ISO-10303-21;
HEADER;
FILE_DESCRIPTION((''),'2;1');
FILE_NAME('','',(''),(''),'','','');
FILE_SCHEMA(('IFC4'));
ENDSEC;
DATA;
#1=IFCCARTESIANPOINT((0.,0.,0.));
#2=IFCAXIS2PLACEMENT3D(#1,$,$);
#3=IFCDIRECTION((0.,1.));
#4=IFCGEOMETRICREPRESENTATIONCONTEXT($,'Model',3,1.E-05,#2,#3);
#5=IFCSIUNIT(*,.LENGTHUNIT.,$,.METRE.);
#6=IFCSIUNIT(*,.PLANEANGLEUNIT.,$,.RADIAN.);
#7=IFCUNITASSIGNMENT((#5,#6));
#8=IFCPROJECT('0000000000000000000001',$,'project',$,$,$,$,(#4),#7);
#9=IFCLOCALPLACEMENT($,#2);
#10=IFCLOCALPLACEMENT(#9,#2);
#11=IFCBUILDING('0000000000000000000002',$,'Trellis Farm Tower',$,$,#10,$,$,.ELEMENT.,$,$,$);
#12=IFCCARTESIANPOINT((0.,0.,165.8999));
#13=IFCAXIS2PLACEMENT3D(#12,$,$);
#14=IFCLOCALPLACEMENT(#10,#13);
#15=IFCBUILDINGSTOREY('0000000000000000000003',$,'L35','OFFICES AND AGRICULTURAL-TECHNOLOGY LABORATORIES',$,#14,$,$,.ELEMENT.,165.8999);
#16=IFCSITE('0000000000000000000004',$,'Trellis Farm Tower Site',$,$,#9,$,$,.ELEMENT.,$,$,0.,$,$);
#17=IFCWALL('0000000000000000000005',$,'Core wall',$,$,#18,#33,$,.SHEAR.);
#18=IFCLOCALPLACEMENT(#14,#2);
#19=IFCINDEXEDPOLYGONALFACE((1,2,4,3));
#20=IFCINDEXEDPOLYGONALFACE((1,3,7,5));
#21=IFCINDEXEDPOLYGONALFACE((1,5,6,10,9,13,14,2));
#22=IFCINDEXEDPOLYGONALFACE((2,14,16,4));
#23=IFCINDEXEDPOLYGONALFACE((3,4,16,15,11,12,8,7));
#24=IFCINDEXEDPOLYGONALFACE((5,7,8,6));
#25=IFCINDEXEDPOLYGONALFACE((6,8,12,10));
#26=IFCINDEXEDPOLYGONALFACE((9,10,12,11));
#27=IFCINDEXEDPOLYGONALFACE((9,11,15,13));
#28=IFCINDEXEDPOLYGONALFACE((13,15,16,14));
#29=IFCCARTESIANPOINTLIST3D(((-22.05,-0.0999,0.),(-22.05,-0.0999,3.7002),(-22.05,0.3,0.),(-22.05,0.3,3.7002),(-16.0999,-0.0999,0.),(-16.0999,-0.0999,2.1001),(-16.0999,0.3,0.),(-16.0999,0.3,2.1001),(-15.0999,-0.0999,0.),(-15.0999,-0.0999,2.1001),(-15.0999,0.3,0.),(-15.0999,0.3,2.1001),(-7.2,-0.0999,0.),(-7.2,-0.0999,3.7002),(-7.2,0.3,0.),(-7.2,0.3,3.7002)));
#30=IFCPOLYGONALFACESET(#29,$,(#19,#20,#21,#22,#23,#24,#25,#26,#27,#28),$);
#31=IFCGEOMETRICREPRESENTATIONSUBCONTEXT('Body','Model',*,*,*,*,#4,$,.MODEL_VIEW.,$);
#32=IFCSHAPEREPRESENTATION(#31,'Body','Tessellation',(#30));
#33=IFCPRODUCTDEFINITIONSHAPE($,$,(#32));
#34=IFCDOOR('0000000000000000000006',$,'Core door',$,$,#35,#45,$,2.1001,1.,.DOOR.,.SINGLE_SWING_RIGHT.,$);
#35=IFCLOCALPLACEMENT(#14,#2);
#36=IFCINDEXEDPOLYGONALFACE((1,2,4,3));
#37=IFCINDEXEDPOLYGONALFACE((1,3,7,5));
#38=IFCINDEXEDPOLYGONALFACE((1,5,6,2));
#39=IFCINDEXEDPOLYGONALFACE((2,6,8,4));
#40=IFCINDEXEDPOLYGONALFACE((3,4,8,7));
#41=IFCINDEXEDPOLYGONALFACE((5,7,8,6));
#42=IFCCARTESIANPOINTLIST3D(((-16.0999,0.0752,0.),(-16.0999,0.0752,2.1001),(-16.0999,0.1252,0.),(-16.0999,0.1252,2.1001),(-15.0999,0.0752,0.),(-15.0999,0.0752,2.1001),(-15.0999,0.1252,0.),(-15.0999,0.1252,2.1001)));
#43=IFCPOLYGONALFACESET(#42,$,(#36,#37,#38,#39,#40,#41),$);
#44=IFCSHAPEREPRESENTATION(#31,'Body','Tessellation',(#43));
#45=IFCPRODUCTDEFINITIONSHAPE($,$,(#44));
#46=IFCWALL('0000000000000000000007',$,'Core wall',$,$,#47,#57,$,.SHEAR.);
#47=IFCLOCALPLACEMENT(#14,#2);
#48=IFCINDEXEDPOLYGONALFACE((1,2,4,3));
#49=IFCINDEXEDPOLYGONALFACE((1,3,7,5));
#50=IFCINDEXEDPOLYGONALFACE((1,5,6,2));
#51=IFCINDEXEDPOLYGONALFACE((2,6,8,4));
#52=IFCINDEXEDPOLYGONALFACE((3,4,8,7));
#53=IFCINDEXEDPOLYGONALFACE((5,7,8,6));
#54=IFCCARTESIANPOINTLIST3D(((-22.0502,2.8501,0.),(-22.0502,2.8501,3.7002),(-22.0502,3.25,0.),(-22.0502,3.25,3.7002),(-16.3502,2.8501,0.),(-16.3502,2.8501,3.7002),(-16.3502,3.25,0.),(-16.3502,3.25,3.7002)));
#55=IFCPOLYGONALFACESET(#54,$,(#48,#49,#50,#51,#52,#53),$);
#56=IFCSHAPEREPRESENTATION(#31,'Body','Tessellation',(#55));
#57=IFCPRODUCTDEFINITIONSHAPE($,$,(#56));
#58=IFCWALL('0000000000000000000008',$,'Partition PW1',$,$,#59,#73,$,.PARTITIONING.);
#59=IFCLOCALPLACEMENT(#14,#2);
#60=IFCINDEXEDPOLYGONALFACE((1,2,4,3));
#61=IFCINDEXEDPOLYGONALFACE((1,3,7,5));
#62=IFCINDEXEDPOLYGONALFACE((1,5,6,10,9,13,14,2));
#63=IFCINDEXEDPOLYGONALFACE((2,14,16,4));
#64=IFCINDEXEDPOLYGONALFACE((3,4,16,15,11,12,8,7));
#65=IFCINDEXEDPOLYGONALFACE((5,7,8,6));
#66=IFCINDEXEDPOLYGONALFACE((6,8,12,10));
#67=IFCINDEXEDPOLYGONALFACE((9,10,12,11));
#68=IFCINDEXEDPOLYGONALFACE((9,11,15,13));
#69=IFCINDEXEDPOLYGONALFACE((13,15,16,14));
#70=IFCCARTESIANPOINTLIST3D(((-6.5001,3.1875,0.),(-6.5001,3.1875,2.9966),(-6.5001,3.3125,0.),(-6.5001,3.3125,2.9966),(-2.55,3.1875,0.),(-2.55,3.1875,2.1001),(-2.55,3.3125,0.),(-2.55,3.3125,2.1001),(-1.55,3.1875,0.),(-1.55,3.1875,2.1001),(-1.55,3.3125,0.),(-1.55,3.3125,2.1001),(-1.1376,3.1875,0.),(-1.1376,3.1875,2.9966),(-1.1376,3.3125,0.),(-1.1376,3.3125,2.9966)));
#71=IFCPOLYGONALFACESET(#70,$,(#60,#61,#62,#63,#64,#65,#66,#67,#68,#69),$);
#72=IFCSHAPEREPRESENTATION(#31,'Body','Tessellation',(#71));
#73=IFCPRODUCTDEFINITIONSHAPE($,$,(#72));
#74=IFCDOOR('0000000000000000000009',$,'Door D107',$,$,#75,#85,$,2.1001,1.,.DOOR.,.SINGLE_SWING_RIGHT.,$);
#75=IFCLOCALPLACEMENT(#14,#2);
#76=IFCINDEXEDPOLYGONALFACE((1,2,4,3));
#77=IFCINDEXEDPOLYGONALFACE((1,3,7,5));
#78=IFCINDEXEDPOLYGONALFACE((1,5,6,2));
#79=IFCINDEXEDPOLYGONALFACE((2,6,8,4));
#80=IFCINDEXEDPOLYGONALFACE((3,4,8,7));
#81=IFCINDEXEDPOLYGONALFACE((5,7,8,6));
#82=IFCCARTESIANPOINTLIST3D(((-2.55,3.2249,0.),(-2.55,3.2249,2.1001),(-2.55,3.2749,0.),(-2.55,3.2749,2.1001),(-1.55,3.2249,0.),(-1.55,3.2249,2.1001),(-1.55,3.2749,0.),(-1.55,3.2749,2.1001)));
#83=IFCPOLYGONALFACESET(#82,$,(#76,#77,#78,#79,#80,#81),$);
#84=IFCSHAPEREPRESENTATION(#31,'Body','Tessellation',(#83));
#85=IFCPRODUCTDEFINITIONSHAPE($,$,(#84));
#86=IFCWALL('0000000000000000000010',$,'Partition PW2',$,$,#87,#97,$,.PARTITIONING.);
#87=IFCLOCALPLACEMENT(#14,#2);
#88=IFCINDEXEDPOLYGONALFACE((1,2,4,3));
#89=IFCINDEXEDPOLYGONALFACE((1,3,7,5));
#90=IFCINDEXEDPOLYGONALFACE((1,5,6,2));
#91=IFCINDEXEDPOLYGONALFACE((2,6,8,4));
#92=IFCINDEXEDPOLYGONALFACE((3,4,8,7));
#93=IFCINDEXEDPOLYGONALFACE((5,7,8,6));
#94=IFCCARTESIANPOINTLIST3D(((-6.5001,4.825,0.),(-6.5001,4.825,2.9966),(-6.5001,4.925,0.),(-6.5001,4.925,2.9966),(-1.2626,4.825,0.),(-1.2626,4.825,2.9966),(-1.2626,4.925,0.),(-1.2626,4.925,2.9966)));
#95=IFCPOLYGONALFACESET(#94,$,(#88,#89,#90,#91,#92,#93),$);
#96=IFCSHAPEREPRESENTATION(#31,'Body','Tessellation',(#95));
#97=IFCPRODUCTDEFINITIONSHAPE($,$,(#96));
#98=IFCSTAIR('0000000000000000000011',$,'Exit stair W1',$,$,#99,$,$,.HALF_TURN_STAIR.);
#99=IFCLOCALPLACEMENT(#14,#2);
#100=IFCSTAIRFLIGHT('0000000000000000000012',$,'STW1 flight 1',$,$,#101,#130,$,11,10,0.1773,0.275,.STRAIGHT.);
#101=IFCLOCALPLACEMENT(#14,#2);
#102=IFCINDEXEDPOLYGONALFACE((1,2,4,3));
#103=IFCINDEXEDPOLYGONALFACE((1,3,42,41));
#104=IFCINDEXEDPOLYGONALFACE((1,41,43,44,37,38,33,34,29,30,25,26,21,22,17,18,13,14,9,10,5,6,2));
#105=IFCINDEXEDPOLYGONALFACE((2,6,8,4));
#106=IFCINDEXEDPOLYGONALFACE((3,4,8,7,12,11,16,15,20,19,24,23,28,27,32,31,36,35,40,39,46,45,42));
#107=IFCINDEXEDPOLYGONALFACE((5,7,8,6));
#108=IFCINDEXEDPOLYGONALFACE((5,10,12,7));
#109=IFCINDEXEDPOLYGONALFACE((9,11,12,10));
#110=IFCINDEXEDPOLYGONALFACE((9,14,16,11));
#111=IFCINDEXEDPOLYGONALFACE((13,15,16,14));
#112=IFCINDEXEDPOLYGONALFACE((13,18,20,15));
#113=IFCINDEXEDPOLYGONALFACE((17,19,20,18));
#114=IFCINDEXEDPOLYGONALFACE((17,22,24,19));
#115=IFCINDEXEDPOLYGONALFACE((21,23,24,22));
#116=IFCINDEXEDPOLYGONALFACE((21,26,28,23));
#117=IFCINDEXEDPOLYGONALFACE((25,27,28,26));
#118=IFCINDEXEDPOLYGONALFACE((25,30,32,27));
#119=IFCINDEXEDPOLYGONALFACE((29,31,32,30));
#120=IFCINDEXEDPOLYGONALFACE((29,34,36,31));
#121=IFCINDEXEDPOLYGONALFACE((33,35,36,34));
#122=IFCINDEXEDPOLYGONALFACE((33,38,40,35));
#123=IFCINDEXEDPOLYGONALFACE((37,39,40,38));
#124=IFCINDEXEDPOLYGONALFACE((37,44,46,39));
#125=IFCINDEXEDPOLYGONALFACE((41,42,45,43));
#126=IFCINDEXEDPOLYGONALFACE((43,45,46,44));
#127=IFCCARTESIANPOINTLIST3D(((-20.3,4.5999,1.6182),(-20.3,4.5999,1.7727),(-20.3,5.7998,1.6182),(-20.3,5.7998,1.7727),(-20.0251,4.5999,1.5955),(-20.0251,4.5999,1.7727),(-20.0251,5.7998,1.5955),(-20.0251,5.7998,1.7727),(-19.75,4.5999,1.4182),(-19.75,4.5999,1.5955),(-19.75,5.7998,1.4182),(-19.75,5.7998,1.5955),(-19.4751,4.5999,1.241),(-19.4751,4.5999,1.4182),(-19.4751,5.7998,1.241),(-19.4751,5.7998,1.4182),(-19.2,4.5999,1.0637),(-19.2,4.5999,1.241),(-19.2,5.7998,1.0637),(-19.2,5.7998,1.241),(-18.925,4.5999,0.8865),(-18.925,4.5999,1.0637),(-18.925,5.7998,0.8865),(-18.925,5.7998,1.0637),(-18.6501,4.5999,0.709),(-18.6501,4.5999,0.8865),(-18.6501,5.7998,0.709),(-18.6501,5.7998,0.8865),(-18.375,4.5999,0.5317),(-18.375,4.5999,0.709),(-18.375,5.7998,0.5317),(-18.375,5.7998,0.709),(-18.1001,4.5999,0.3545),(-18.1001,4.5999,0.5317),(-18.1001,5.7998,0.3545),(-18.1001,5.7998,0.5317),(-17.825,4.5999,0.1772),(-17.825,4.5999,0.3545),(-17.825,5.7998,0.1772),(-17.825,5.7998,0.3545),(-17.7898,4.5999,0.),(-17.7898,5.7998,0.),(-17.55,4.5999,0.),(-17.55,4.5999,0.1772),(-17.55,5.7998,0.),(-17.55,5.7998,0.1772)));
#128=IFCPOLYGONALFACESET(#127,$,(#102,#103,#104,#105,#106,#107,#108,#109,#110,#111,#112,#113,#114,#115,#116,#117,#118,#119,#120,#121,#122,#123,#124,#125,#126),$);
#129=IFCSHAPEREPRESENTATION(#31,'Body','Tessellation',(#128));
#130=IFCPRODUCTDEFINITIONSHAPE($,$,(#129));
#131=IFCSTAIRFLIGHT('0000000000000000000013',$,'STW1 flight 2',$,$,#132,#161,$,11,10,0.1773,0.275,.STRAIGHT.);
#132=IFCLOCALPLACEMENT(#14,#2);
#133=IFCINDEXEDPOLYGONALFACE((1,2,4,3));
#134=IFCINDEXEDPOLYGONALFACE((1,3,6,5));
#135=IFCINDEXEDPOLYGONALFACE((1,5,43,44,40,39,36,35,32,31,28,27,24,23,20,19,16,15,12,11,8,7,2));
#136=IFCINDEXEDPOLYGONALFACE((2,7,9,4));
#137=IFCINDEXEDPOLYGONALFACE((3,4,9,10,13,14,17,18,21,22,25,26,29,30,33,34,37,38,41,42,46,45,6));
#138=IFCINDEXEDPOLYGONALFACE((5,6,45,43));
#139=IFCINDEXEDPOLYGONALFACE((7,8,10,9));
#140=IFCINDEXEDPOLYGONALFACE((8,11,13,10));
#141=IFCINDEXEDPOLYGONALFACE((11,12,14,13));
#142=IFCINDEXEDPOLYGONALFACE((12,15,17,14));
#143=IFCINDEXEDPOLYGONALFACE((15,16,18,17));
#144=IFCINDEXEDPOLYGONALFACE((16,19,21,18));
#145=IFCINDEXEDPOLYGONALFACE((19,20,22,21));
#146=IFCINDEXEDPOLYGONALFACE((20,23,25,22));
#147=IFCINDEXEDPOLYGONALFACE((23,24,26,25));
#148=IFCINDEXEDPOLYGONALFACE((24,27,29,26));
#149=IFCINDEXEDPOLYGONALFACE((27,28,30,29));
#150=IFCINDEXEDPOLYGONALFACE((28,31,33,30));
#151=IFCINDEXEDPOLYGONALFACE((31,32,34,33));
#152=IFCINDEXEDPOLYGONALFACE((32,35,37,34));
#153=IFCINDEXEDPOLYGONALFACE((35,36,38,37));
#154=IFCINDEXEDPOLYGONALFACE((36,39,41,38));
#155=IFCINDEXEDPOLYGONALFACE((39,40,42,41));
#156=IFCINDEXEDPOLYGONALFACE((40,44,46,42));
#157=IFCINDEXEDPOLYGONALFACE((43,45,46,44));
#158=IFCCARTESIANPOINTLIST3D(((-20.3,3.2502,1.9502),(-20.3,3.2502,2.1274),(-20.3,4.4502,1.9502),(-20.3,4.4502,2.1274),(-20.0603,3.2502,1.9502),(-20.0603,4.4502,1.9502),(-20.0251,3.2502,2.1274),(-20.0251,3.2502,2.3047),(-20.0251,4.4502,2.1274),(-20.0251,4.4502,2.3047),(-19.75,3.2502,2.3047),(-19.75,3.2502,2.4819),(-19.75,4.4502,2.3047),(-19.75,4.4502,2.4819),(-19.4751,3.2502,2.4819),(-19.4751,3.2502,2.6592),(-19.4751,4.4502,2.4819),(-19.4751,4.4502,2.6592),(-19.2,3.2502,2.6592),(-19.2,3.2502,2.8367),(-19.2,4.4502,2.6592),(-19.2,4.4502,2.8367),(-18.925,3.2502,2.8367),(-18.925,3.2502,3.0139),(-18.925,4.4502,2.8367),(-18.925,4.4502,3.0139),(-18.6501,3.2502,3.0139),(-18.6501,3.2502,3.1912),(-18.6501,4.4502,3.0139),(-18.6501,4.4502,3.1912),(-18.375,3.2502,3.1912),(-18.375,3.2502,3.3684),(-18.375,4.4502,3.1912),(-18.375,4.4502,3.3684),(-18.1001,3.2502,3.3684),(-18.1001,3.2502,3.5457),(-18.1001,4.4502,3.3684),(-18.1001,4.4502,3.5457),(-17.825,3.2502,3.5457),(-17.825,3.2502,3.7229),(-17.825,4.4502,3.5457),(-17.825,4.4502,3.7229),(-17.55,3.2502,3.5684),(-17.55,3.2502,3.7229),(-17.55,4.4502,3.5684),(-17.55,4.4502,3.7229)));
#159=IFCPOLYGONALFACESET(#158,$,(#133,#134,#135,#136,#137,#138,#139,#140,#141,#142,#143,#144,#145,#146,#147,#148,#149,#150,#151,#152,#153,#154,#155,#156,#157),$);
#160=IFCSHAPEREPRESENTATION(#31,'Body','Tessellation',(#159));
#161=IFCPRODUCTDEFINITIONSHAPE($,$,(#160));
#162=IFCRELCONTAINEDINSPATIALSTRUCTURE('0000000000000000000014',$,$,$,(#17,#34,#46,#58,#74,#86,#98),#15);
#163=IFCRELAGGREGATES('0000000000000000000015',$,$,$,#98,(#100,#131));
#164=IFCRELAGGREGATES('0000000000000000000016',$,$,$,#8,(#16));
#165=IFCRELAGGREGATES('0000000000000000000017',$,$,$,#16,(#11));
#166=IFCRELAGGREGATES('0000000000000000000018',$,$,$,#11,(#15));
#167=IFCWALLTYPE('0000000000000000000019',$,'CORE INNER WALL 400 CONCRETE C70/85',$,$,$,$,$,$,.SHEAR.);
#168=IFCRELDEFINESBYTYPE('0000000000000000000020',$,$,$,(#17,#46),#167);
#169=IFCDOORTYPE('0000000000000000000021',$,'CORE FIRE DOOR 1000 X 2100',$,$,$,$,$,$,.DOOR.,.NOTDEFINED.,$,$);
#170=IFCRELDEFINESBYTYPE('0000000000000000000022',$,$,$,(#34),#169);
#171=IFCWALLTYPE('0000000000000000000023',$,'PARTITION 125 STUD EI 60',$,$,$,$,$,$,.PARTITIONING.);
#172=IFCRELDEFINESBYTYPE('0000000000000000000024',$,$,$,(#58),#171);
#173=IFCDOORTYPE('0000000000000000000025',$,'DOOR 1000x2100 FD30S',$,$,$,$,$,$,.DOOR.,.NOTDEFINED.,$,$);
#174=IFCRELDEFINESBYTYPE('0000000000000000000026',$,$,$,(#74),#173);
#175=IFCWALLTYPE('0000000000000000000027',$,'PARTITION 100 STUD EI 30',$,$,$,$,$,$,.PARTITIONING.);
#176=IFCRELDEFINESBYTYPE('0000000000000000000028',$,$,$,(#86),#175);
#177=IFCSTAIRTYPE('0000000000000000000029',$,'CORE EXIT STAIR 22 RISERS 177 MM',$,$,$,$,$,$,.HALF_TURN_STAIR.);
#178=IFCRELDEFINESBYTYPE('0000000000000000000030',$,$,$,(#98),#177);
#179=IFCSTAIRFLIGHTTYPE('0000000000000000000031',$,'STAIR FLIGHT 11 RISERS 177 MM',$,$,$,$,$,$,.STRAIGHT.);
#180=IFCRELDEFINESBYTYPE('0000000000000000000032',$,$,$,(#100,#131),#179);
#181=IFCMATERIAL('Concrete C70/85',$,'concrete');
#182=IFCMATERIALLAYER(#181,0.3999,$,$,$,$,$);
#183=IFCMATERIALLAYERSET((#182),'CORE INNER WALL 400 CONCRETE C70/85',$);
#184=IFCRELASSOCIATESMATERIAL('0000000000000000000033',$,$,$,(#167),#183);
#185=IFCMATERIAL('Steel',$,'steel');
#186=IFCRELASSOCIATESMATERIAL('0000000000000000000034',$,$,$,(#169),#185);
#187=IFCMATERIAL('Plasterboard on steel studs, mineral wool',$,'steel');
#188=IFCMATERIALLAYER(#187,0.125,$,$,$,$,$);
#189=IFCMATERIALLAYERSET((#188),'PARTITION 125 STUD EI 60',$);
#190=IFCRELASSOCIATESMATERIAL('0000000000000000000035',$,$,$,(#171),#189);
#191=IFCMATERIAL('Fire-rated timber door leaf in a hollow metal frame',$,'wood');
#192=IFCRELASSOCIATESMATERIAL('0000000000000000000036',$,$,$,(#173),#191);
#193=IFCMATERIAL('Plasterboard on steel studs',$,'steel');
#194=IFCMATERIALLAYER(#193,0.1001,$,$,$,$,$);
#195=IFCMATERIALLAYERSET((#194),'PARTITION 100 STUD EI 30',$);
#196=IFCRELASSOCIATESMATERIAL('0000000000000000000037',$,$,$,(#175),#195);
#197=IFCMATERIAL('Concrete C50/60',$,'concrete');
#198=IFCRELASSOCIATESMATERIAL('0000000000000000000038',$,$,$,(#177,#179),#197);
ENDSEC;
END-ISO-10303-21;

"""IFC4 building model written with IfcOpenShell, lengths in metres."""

from ifc_helpers import new_model, si_unit, direction, frame, frame_2d, origin, place, context, subcontext, project, spatial, polyline, rectangle, outline, extrude, source, transform, mapped, material, layer, layer_set, type_object, element, fill, aggregate, save


model = new_model("IFC4")

# Units and contexts
model_context = context("Model", 3, precision=1e-05, world=origin(), true_north=direction((0.0, 1.0)))
body_context = subcontext(model_context, "Body", "Model", "MODEL_VIEW")
ifc_project = project(units=[si_unit("LENGTHUNIT", "METRE"), si_unit("PLANEANGLEUNIT", "RADIAN")], contexts=[model_context])

# Site, building, storey
site_placement = place(None, origin())
site = spatial("IfcSite", under=ifc_project, at=site_placement, Name="Trellis Farm Tower Site", CompositionType="ELEMENT", RefElevation=0.0)
building_placement = place(site_placement, origin())
building = spatial("IfcBuilding", under=site, at=building_placement, Name="Trellis Farm Tower", CompositionType="ELEMENT")
storey_placement = place(building_placement, frame((0.0, 0.0, 165.8999)))
storey = spatial("IfcBuildingStorey", under=building, at=storey_placement, Name="L35", Description="OFFICES AND AGRICULTURAL-TECHNOLOGY LABORATORIES", CompositionType="ELEMENT", Elevation=165.8999)

# Shared definitions
ifc_material_1 = material(Name="Concrete C70/85", Category="concrete")

# Shared definitions
placement = place(storey_placement, origin())

# Shared definitions
ifc_layer_1 = layer(ifc_material_1, 0.3999)
ifc_layer_set_1 = layer_set([ifc_layer_1], Name="CORE INNER WALL 400 CONCRETE C70/85")
wall_type_1 = type_object("IfcWallType", Name="CORE INNER WALL 400 CONCRETE C70/85", PredefinedType="SHEAR", material=ifc_layer_set_1)
shared_shape_1 = source(origin(), body_context, "Body", "SweptSolid", [
    extrude(rectangle(XDim=1.0, YDim=2.1001, at=frame_2d((0.5, 1.05))), frame((0.0, 0.21, 0.0), z_axis=(0.0, -1.0, 0.0), x_axis=(1.0, 0.0, 0.0)), (0.0, 0.0, 1.0), 0.4199),
])
ifc_material_2 = material(Name="Steel", Category="steel")
door_type_1 = type_object("IfcDoorType", Name="CORE FIRE DOOR 1000 X 2100", OperationType="NOTDEFINED", PredefinedType="DOOR", material=ifc_material_2)
shared_shape_2 = source(origin(), body_context, "Body", "SweptSolid", [
    extrude(rectangle(XDim=1.0, YDim=2.1001, at=frame_2d((0.5, 1.05))), frame((0.0, 0.0249, 0.0), z_axis=(0.0, -1.0, 0.0), x_axis=(1.0, 0.0, 0.0)), (0.0, 0.0, 1.0), 0.05),
])

# Wall, opening, door
shared_shape_3 = source(origin(), body_context, "Body", "SweptSolid", [
    extrude(rectangle(XDim=14.8501, YDim=0.3999, at=frame_2d((7.425, 0.0))), origin(), (0.0, 0.0, 1.0), 3.7002),
])
wall_1_placement = place(storey_placement, frame((-7.2, 0.1001, 0.0), z_axis=(0.0, 0.0, 1.0), x_axis=(-1.0, 0.0, 0.0)))
wall_1 = element("IfcWall", 1, at=wall_1_placement, inside=storey, type_object=wall_type_1, Name="Core wall", PredefinedType="SHEAR", context=body_context, shape_type="MappedRepresentation", body=[
    mapped(shared_shape_3, transform((0.0, 0.0, 0.0))),
])
opening_1_placement = place(wall_1_placement, frame((7.8999, 0.0, 0.0)))
opening_1 = element("IfcOpeningElement", 2, at=opening_1_placement, cuts=wall_1, PredefinedType="OPENING", context=body_context, shape_type="MappedRepresentation", body=[
    mapped(shared_shape_1, transform((0.0, 0.0, 0.0))),
])
door_1_placement = place(opening_1_placement, origin())
door_1 = element("IfcDoor", 3, at=door_1_placement, inside=storey, type_object=door_type_1, Name="Core door", OperationType="SINGLE_SWING_RIGHT", OverallHeight=2.1001, OverallWidth=1.0, PredefinedType="DOOR", context=body_context, shape_type="MappedRepresentation", body=[
    mapped(shared_shape_2, transform((0.0, 0.0, 0.0))),
])
fill(opening_1, door_1)

# Wall
shared_shape_4 = source(origin(), body_context, "Body", "SweptSolid", [
    extrude(rectangle(XDim=5.7, YDim=0.3999, at=frame_2d((2.8501, 0.0))), origin(), (0.0, 0.0, 1.0), 3.7002),
])
wall_2_placement = place(storey_placement, frame((-16.3501, 3.05, 0.0), z_axis=(0.0, 0.0, 1.0), x_axis=(-1.0, 0.0, 0.0)))
element("IfcWall", 4, at=wall_2_placement, inside=storey, type_object=wall_type_1, Name="Core wall", PredefinedType="SHEAR", context=body_context, shape_type="MappedRepresentation", body=[
    mapped(shared_shape_4, transform((0.0, 0.0, 0.0))),
])

# Wall, opening, door
ifc_material_3 = material(Name="Plasterboard on steel studs, mineral wool", Category="steel")
ifc_layer_2 = layer(ifc_material_3, 0.125)
ifc_layer_set_2 = layer_set([ifc_layer_2], Name="PARTITION 125 STUD EI 60")
wall_type_2 = type_object("IfcWallType", Name="PARTITION 125 STUD EI 60", PredefinedType="PARTITIONING", material=ifc_layer_set_2)
shared_shape_5 = source(origin(), body_context, "Body", "SweptSolid", [
    extrude(rectangle(XDim=5.3625, YDim=0.125, at=frame_2d((2.6812, 0.0))), origin(), (0.0, 0.0, 1.0), 2.9966),
])
wall_3_placement = place(storey_placement, frame((-6.5, 3.25, 0.0), z_axis=(0.0, 0.0, 1.0), x_axis=(1.0, 0.0, 0.0)))
wall_3 = element("IfcWall", 5, at=wall_3_placement, inside=storey, type_object=wall_type_2, Name="Partition PW1", PredefinedType="PARTITIONING", context=body_context, shape_type="MappedRepresentation", body=[
    mapped(shared_shape_5, transform((0.0, 0.0, 0.0))),
])
shared_shape_6 = source(origin(), body_context, "Body", "SweptSolid", [
    extrude(rectangle(XDim=1.0, YDim=2.1001, at=frame_2d((0.5, 1.05))), frame((0.0, 0.0725, 0.0), z_axis=(0.0, -1.0, 0.0), x_axis=(1.0, 0.0, 0.0)), (0.0, 0.0, 1.0), 0.145),
])
opening_2_placement = place(wall_3_placement, frame((3.95, 0.0, 0.0)))
opening_2 = element("IfcOpeningElement", 6, at=opening_2_placement, cuts=wall_3, PredefinedType="OPENING", context=body_context, shape_type="MappedRepresentation", body=[
    mapped(shared_shape_6, transform((0.0, 0.0, 0.0))),
])
ifc_material_4 = material(Name="Fire-rated timber door leaf in a hollow metal frame", Category="wood")
door_type_2 = type_object("IfcDoorType", Name="DOOR 1000x2100 FD30S", OperationType="NOTDEFINED", PredefinedType="DOOR", material=ifc_material_4)
door_2_placement = place(opening_2_placement, origin())
door_2 = element("IfcDoor", 7, at=door_2_placement, inside=storey, type_object=door_type_2, Name="Door D107", OperationType="SINGLE_SWING_RIGHT", OverallHeight=2.1001, OverallWidth=1.0, PredefinedType="DOOR", context=body_context, shape_type="MappedRepresentation", body=[
    mapped(shared_shape_2, transform((0.0, 0.0, 0.0))),
])
fill(opening_2, door_2)

# Wall
ifc_material_5 = material(Name="Plasterboard on steel studs", Category="steel")
ifc_layer_3 = layer(ifc_material_5, 0.1001)
ifc_layer_set_3 = layer_set([ifc_layer_3], Name="PARTITION 100 STUD EI 30")
wall_type_3 = type_object("IfcWallType", Name="PARTITION 100 STUD EI 30", PredefinedType="PARTITIONING", material=ifc_layer_set_3)
shared_shape_7 = source(origin(), body_context, "Body", "SweptSolid", [
    extrude(rectangle(XDim=5.2375, YDim=0.1001, at=frame_2d((2.6187, 0.0))), origin(), (0.0, 0.0, 1.0), 2.9966),
])
wall_4_placement = place(storey_placement, frame((-6.5, 4.875, 0.0), z_axis=(0.0, 0.0, 1.0), x_axis=(1.0, 0.0, 0.0)))
element("IfcWall", 8, at=wall_4_placement, inside=storey, type_object=wall_type_3, Name="Partition PW2", PredefinedType="PARTITIONING", context=body_context, shape_type="MappedRepresentation", body=[
    mapped(shared_shape_7, transform((0.0, 0.0, 0.0))),
])

# Stair, stair flights
ifc_material_6 = material(Name="Concrete C50/60", Category="concrete")
stair_type = type_object("IfcStairType", Name="CORE EXIT STAIR 22 RISERS 177 MM", PredefinedType="HALF_TURN_STAIR", material=ifc_material_6)
stair_1 = element("IfcStair", 9, at=placement, inside=storey, type_object=stair_type, Name="Exit stair W1", PredefinedType="HALF_TURN_STAIR")
stair_flight_type = type_object("IfcStairFlightType", Name="STAIR FLIGHT 11 RISERS 177 MM", PredefinedType="STRAIGHT", material=ifc_material_6)
shared_shape_8 = source(origin(), body_context, "Body", "SweptSolid", [
    extrude(outline(polyline([(0.0, 0.0), (0.0, 0.1772), (0.2749, 0.1772), (0.2749, 0.3545), (0.55, 0.3545), (0.55, 0.5317), (0.825, 0.5317), (0.825, 0.709), (1.1001, 0.709), (1.1001, 0.8865), (1.375, 0.8865), (1.375, 1.0637), (1.6499, 1.0637), (1.6499, 1.241), (1.925, 1.241), (1.925, 1.4182), (2.2, 1.4182), (2.2, 1.5955), (2.4751, 1.5955), (2.4751, 1.7727), (2.75, 1.7727), (2.75, 1.95), (2.75, 1.6182), (0.2397, 0.0), (0.0, 0.0)])), frame((0.0, 0.6001, 0.0), z_axis=(0.0, -1.0, 0.0), x_axis=(1.0, 0.0, 0.0)), (0.0, 0.0, 1.0), 1.2),
])
stair_flight_1_placement = place(storey_placement, frame((-17.55, 5.2, 0.0), z_axis=(0.0, 0.0, 1.0), x_axis=(-1.0, 0.0, 0.0)))
stair_flight_1 = element("IfcStairFlight", 10, at=stair_flight_1_placement, type_object=stair_flight_type, Name="STW1 flight 1", NumberOfRisers=11, NumberOfTreads=10, PredefinedType="STRAIGHT", RiserHeight=0.1773, TreadLength=0.275, context=body_context, shape_type="MappedRepresentation", body=[
    mapped(shared_shape_8, transform((0.0, 0.0, 0.0))),
])
stair_flight_2_placement = place(storey_placement, frame((-20.3, 3.8501, 1.9502), z_axis=(0.0, 0.0, 1.0), x_axis=(1.0, 0.0, 0.0)))
stair_flight_2 = element("IfcStairFlight", 11, at=stair_flight_2_placement, type_object=stair_flight_type, Name="STW1 flight 2", NumberOfRisers=11, NumberOfTreads=10, PredefinedType="STRAIGHT", RiserHeight=0.1773, TreadLength=0.275, context=body_context, shape_type="MappedRepresentation", body=[
    mapped(shared_shape_8, transform((0.0, 0.0, 0.0))),
])
aggregate(stair_1, [stair_flight_1, stair_flight_2])

save(model, "model.ifc")
